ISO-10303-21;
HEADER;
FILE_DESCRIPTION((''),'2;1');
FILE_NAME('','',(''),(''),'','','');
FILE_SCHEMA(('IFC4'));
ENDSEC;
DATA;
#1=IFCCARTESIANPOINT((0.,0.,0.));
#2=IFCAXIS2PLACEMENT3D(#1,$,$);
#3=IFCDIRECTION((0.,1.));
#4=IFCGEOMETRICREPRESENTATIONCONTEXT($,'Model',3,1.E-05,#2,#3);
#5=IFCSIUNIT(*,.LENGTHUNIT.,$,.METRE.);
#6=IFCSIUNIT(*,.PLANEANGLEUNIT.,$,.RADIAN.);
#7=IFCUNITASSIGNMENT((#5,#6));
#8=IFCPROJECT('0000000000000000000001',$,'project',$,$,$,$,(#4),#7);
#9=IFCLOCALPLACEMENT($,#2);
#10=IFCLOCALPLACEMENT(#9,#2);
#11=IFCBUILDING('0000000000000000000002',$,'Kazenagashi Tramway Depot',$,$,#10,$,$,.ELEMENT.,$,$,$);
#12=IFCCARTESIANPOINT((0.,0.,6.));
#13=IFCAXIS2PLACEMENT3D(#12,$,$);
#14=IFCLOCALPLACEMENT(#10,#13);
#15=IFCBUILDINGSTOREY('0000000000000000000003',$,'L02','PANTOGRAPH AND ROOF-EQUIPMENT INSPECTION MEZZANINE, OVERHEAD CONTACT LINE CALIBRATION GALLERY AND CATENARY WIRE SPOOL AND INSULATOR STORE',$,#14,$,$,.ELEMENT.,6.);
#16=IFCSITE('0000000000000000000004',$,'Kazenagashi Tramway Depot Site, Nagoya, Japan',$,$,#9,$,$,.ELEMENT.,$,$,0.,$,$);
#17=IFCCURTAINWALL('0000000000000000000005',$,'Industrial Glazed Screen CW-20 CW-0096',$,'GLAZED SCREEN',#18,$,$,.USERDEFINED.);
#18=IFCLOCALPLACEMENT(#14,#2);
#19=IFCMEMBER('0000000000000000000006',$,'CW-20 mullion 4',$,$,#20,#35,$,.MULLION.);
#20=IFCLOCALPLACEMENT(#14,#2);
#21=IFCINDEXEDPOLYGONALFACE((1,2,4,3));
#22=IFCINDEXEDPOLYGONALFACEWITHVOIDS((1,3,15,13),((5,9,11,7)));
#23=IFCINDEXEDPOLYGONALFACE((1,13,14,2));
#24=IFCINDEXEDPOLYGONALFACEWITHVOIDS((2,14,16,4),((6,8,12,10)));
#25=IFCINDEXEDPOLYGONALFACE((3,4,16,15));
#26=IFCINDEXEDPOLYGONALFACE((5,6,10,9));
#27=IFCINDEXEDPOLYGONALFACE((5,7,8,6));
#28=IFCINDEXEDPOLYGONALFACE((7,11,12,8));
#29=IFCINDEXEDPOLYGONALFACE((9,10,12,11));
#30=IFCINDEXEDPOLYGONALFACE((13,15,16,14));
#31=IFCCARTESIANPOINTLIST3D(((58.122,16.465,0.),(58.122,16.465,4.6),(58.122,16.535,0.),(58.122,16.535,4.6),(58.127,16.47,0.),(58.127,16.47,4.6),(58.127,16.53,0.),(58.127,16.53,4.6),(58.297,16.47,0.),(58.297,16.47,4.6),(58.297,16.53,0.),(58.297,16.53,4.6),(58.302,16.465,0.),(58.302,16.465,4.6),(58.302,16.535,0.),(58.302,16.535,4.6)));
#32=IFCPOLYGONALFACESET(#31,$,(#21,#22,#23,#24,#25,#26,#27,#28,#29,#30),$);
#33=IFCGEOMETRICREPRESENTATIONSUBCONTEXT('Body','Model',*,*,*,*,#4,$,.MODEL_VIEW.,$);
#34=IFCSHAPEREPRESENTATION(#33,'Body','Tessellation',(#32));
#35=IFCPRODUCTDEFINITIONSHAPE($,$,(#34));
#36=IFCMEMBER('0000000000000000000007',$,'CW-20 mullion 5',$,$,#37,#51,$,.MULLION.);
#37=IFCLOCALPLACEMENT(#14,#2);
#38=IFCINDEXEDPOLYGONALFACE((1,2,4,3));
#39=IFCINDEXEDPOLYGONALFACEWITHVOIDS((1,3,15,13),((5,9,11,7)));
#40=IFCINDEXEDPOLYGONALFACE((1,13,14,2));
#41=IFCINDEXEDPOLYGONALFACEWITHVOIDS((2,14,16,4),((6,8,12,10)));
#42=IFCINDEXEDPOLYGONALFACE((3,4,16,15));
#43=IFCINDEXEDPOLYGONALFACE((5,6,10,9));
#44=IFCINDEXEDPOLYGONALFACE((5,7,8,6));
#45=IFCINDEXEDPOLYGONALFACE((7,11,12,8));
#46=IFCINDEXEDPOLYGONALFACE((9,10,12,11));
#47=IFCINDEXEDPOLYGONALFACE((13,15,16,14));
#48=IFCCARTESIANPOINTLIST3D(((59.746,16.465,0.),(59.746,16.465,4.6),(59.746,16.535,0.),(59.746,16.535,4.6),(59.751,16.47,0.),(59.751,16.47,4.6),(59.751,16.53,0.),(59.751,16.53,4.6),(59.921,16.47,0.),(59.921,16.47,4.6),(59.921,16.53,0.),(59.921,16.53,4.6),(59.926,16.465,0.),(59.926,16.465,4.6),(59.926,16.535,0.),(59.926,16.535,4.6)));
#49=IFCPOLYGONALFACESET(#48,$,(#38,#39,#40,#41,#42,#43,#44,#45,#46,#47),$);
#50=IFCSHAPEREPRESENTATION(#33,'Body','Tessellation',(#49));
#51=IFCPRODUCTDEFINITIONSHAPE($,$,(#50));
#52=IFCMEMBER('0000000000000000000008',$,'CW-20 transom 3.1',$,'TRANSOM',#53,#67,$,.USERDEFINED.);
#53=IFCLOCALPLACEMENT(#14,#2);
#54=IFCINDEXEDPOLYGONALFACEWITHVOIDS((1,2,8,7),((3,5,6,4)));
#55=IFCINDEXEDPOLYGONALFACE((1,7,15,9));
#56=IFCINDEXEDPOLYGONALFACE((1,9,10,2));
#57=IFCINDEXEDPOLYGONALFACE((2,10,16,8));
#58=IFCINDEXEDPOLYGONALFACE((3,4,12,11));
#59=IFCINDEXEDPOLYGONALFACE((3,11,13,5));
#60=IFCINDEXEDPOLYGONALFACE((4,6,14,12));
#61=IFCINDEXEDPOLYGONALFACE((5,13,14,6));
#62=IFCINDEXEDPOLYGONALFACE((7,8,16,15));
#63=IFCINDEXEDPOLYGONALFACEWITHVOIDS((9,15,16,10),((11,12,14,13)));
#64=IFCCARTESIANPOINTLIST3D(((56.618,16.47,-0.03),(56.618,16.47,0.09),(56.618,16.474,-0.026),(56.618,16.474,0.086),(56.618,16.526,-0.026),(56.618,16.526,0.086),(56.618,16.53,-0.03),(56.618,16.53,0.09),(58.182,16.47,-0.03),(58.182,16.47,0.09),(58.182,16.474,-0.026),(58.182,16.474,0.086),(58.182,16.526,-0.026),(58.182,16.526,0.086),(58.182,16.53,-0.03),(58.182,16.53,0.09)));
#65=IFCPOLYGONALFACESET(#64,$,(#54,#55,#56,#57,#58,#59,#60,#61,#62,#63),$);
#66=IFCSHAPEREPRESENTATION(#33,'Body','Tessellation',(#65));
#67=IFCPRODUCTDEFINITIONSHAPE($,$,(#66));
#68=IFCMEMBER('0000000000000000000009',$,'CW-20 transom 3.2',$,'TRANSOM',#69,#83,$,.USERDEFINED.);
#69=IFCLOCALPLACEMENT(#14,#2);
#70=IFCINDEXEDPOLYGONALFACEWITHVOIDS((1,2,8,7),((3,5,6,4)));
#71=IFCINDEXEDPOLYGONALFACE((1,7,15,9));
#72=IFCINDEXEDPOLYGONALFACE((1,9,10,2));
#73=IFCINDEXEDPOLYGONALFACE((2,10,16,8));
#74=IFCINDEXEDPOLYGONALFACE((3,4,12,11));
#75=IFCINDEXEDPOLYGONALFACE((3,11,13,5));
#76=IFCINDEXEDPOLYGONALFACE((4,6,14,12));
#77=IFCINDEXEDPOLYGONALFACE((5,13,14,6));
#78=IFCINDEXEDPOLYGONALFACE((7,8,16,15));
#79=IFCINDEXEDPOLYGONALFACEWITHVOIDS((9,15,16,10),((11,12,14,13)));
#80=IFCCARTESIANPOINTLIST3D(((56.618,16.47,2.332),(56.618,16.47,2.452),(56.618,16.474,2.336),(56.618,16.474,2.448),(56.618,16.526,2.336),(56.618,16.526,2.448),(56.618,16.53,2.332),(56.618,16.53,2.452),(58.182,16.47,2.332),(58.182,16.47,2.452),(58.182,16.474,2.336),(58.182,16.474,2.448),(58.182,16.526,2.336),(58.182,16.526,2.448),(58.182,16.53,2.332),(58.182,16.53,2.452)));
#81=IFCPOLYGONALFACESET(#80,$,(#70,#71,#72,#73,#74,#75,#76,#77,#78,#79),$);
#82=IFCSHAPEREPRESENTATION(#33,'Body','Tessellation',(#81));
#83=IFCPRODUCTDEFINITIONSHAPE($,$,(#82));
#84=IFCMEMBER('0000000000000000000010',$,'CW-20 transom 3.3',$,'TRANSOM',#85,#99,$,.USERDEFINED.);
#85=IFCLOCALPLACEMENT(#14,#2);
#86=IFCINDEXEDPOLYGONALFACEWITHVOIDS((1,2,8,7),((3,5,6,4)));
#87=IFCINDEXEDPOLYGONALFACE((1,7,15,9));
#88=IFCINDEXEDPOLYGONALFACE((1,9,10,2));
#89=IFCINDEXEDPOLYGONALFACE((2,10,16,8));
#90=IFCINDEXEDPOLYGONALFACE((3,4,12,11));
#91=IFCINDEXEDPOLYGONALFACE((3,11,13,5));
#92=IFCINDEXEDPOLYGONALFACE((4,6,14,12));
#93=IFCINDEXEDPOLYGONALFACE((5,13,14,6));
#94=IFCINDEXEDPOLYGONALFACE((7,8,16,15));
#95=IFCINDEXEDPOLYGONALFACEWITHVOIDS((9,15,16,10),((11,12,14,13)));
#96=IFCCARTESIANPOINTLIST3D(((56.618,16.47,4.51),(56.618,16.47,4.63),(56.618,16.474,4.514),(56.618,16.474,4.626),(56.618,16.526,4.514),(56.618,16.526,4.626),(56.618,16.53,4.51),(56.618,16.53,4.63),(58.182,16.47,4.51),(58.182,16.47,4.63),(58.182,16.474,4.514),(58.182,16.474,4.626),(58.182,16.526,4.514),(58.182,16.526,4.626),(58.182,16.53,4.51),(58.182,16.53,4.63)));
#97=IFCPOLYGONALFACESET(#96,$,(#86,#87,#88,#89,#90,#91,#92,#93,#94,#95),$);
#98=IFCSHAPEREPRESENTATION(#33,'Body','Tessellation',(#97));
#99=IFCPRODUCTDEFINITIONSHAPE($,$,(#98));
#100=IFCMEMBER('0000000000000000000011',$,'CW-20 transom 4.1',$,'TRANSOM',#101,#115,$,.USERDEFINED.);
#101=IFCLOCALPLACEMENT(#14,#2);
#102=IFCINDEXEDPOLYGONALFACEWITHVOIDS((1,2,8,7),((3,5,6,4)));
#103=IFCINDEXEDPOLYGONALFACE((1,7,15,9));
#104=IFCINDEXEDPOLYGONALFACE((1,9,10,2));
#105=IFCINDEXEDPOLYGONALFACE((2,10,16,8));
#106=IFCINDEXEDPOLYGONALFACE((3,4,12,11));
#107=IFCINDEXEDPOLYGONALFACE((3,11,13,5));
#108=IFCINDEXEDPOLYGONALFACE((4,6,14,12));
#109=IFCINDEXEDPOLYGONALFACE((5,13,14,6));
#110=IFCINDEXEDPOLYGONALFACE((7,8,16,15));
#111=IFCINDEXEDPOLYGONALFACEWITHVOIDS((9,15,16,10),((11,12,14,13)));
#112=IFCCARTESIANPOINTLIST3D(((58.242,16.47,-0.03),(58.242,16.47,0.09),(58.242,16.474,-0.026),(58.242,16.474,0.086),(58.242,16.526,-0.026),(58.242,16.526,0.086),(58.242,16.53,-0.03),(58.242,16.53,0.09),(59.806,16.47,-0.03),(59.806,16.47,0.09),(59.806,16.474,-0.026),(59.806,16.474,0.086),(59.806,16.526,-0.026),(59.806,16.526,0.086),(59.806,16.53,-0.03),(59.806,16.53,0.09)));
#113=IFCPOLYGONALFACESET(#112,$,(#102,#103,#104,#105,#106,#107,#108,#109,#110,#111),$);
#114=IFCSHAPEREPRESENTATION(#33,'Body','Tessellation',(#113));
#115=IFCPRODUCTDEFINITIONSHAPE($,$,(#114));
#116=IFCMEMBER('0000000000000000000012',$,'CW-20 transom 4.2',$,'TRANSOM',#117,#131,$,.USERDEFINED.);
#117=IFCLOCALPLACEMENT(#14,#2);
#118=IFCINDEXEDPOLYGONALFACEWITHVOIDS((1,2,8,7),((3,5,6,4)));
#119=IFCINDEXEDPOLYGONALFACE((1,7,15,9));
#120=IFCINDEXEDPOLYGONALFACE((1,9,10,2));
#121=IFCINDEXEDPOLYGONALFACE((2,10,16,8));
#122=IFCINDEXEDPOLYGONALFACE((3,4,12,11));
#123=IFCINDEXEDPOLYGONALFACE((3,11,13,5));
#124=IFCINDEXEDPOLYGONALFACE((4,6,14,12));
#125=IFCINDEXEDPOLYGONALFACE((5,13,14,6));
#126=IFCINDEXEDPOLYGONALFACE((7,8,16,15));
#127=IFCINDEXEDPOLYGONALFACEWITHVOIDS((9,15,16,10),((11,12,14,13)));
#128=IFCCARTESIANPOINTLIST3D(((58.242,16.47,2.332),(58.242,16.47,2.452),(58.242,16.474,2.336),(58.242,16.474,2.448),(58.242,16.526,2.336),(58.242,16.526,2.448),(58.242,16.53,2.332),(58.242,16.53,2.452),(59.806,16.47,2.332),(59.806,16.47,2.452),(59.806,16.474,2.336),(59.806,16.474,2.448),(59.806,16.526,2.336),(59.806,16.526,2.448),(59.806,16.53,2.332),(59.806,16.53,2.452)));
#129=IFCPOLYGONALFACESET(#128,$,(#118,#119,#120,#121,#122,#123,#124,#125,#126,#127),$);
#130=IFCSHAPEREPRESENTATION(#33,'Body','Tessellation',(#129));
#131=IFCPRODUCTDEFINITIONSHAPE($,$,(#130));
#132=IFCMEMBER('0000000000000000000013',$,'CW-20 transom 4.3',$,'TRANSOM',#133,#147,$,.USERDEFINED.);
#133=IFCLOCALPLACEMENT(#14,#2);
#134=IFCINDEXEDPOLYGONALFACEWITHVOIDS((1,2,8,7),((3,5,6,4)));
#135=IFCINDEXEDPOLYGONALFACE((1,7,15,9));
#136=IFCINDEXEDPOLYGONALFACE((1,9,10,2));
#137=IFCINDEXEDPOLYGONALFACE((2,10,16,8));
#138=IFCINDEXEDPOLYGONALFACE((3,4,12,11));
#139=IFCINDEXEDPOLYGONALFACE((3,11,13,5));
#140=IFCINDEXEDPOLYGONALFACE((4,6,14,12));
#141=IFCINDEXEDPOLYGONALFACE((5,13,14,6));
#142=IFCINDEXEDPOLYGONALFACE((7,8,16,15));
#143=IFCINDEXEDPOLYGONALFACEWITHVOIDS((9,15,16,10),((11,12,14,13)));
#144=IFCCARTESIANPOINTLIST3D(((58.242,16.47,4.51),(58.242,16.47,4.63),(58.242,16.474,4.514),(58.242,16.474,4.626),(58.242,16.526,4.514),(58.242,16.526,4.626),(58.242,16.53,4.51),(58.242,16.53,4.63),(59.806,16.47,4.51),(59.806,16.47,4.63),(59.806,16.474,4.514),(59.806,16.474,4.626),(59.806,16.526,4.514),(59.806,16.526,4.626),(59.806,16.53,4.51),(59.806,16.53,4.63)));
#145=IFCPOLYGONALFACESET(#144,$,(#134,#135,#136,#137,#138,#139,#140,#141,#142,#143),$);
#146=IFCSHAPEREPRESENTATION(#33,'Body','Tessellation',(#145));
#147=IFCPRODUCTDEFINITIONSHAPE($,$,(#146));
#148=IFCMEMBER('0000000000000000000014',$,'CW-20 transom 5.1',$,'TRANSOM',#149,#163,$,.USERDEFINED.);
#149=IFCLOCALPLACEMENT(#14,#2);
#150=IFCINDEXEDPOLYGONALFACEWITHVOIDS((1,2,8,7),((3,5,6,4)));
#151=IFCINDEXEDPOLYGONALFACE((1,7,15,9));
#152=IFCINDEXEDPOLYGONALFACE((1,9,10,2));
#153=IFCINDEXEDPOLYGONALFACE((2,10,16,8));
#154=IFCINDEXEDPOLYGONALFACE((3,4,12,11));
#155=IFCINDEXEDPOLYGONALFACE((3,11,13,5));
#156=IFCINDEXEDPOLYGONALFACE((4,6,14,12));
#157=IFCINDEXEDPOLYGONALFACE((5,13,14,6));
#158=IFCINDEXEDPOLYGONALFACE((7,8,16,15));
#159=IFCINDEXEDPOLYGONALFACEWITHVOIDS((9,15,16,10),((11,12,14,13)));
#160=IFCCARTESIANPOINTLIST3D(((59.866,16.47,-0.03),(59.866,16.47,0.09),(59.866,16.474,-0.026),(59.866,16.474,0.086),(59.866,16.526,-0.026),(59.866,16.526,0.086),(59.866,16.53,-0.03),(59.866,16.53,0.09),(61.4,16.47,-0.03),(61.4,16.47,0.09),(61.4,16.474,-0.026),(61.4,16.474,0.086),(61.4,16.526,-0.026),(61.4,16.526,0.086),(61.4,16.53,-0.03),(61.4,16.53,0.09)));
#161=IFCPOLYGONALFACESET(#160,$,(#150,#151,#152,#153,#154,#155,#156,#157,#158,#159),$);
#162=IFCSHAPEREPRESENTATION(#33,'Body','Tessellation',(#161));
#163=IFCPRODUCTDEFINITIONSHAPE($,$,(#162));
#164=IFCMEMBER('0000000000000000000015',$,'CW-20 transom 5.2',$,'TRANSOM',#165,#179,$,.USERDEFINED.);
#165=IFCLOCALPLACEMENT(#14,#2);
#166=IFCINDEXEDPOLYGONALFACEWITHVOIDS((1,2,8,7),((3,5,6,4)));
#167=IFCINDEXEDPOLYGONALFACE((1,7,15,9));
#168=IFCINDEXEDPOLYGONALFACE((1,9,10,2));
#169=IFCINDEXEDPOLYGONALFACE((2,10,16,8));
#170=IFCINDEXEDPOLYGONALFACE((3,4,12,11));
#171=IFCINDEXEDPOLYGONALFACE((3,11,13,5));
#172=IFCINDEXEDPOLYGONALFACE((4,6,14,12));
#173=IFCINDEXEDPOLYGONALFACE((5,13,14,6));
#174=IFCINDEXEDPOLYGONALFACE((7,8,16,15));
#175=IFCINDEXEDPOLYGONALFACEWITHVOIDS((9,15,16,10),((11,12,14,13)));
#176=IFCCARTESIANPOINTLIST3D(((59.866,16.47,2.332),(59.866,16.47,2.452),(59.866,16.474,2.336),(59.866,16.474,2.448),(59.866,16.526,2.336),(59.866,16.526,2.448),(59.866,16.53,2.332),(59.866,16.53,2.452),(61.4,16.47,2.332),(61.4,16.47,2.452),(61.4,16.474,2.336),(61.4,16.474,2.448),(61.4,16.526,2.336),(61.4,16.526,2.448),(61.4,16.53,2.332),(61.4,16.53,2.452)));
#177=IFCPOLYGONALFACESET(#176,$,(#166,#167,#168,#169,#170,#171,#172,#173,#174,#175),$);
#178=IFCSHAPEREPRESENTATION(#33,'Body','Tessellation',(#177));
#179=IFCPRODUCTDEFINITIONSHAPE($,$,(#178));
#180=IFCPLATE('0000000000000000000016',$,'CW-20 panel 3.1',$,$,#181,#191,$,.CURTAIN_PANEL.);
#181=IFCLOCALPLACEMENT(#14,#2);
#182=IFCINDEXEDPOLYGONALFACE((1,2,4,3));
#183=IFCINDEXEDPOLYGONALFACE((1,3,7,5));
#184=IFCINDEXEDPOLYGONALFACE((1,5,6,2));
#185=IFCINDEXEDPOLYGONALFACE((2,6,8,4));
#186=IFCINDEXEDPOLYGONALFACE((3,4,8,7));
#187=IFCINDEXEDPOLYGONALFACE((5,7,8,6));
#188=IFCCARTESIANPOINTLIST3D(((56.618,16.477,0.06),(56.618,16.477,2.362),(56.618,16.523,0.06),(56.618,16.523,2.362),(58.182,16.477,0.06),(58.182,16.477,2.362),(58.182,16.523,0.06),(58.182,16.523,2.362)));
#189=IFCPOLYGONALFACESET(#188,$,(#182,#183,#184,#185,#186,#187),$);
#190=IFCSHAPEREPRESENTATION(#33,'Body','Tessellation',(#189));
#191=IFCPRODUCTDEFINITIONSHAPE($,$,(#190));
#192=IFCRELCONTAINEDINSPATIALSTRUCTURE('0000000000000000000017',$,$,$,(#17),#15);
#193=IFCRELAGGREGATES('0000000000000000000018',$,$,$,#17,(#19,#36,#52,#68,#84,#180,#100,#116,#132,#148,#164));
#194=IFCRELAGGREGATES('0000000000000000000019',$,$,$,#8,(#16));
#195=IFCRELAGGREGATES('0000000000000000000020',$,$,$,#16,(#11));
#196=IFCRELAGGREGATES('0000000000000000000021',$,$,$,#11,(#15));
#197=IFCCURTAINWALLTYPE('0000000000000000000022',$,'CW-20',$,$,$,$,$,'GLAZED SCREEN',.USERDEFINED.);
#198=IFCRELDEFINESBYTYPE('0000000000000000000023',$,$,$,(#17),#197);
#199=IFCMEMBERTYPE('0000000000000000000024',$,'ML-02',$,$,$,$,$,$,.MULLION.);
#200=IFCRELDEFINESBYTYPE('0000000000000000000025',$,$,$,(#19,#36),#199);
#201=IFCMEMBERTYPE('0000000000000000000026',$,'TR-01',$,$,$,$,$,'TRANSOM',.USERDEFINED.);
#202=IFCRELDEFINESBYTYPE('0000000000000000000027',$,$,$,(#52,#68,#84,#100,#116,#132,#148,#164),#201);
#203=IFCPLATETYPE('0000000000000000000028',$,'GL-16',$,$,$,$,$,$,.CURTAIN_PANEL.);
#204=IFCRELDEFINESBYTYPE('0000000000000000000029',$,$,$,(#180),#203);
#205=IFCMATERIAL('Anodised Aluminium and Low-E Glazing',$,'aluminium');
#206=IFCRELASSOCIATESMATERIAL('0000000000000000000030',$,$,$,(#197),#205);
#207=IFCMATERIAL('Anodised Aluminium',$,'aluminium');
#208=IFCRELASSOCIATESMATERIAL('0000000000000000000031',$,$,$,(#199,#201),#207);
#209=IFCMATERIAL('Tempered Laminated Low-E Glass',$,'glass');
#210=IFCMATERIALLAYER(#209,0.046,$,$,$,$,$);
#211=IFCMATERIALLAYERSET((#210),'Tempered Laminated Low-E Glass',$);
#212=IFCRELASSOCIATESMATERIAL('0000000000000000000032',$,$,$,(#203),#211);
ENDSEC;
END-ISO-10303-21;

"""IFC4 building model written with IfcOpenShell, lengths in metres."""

from ifc_helpers import new_model, si_unit, direction, frame, origin, origin_2d, place, context, subcontext, project, spatial, rectangle, hollow_rectangle, extrude, material, layer, layer_set, material_profile, profile_set, type_object, element, aggregate, save


model = new_model("IFC4")

# Units and contexts
model_context = context("Model", 3, precision=1e-05, world=origin(), true_north=direction((0.0, 1.0)))
body_context = subcontext(model_context, "Body", "Model", "MODEL_VIEW")
ifc_project = project(units=[si_unit("LENGTHUNIT", "METRE"), si_unit("PLANEANGLEUNIT", "RADIAN")], contexts=[model_context])

# Site, building, storey
site_placement = place(None, origin())
site = spatial("IfcSite", under=ifc_project, at=site_placement, Name="Kazenagashi Tramway Depot Site, Nagoya, Japan", CompositionType="ELEMENT", RefElevation=0.0)
building_placement = place(site_placement, origin())
building = spatial("IfcBuilding", under=site, at=building_placement, Name="Kazenagashi Tramway Depot", CompositionType="ELEMENT")
storey_placement = place(building_placement, frame((0.0, 0.0, 6.0)))
storey = spatial("IfcBuildingStorey", under=building, at=storey_placement, Name="L02", Description="PANTOGRAPH AND ROOF-EQUIPMENT INSPECTION MEZZANINE, OVERHEAD CONTACT LINE CALIBRATION GALLERY AND CATENARY WIRE SPOOL AND INSULATOR STORE", CompositionType="ELEMENT", Elevation=6.0)

# Curtain wall, members, plate
ifc_material_1 = material(Name="Anodised Aluminium and Low-E Glazing", Category="aluminium")
curtain_wall_type = type_object("IfcCurtainWallType", Name="CW-20", ElementType="GLAZED SCREEN", PredefinedType="USERDEFINED", material=ifc_material_1)
curtain_wall_placement = place(storey_placement, origin())
curtain_wall = element("IfcCurtainWall", 1, at=curtain_wall_placement, inside=storey, type_object=curtain_wall_type, Name="Industrial Glazed Screen CW-20 CW-0096", ObjectType="GLAZED SCREEN", PredefinedType="USERDEFINED")
ifc_material_2 = material(Name="Anodised Aluminium", Category="aluminium")
ifc_material_profile_1 = material_profile(ifc_material_2, hollow_rectangle(XDim=0.07, YDim=0.18, WallThickness=0.005, at=origin_2d()), Name="RHS-180x70x5")
ifc_profile_set_1 = profile_set([ifc_material_profile_1], Name="Anodised Aluminium")
member_type_1 = type_object("IfcMemberType", Name="ML-02", PredefinedType="MULLION", material=ifc_profile_set_1)
member_1_placement = place(storey_placement, frame((58.212, 16.5, 0.0), z_axis=(0.0, 0.0, 1.0), x_axis=(0.0, 1.0, 0.0)))
member_1 = element("IfcMember", 2, at=member_1_placement, type_object=member_type_1, Name="CW-20 mullion 4", PredefinedType="MULLION", context=body_context, shape_type="SweptSolid", body=[
    extrude(hollow_rectangle(XDim=0.07, YDim=0.18, WallThickness=0.005, at=origin_2d()), origin(), (0.0, 0.0, 1.0), 4.6),
])
member_2_placement = place(storey_placement, frame((59.836, 16.5, 0.0), z_axis=(0.0, 0.0, 1.0), x_axis=(0.0, 1.0, 0.0)))
member_2 = element("IfcMember", 3, at=member_2_placement, type_object=member_type_1, Name="CW-20 mullion 5", PredefinedType="MULLION", context=body_context, shape_type="SweptSolid", body=[
    extrude(hollow_rectangle(XDim=0.07, YDim=0.18, WallThickness=0.005, at=origin_2d()), origin(), (0.0, 0.0, 1.0), 4.6),
])
ifc_material_profile_2 = material_profile(ifc_material_2, hollow_rectangle(XDim=0.06, YDim=0.12, WallThickness=0.004, at=origin_2d()), Name="RHS-120x60x4")
ifc_profile_set_2 = profile_set([ifc_material_profile_2], Name="Anodised Aluminium")
member_type_2 = type_object("IfcMemberType", Name="TR-01", ElementType="TRANSOM", PredefinedType="USERDEFINED", material=ifc_profile_set_2)
member_3_placement = place(storey_placement, frame((56.618, 16.5, 0.03), z_axis=(1.0, 0.0, 0.0), x_axis=(0.0, 1.0, 0.0)))
member_3 = element("IfcMember", 4, at=member_3_placement, type_object=member_type_2, Name="CW-20 transom 3.1", ObjectType="TRANSOM", PredefinedType="USERDEFINED", context=body_context, shape_type="SweptSolid", body=[
    extrude(hollow_rectangle(XDim=0.06, YDim=0.12, WallThickness=0.004, at=origin_2d()), origin(), (0.0, 0.0, 1.0), 1.564),
])
member_4_placement = place(storey_placement, frame((56.618, 16.5, 2.392), z_axis=(1.0, 0.0, 0.0), x_axis=(0.0, 1.0, 0.0)))
member_4 = element("IfcMember", 5, at=member_4_placement, type_object=member_type_2, Name="CW-20 transom 3.2", ObjectType="TRANSOM", PredefinedType="USERDEFINED", context=body_context, shape_type="SweptSolid", body=[
    extrude(hollow_rectangle(XDim=0.06, YDim=0.12, WallThickness=0.004, at=origin_2d()), origin(), (0.0, 0.0, 1.0), 1.564),
])
member_5_placement = place(storey_placement, frame((56.618, 16.5, 4.57), z_axis=(1.0, 0.0, 0.0), x_axis=(0.0, 1.0, 0.0)))
member_5 = element("IfcMember", 6, at=member_5_placement, type_object=member_type_2, Name="CW-20 transom 3.3", ObjectType="TRANSOM", PredefinedType="USERDEFINED", context=body_context, shape_type="SweptSolid", body=[
    extrude(hollow_rectangle(XDim=0.06, YDim=0.12, WallThickness=0.004, at=origin_2d()), origin(), (0.0, 0.0, 1.0), 1.564),
])
member_6_placement = place(storey_placement, frame((58.242, 16.5, 0.03), z_axis=(1.0, 0.0, 0.0), x_axis=(0.0, 1.0, 0.0)))
member_6 = element("IfcMember", 7, at=member_6_placement, type_object=member_type_2, Name="CW-20 transom 4.1", ObjectType="TRANSOM", PredefinedType="USERDEFINED", context=body_context, shape_type="SweptSolid", body=[
    extrude(hollow_rectangle(XDim=0.06, YDim=0.12, WallThickness=0.004, at=origin_2d()), origin(), (0.0, 0.0, 1.0), 1.564),
])
member_7_placement = place(storey_placement, frame((58.242, 16.5, 2.392), z_axis=(1.0, 0.0, 0.0), x_axis=(0.0, 1.0, 0.0)))
member_7 = element("IfcMember", 8, at=member_7_placement, type_object=member_type_2, Name="CW-20 transom 4.2", ObjectType="TRANSOM", PredefinedType="USERDEFINED", context=body_context, shape_type="SweptSolid", body=[
    extrude(hollow_rectangle(XDim=0.06, YDim=0.12, WallThickness=0.004, at=origin_2d()), origin(), (0.0, 0.0, 1.0), 1.564),
])
member_8_placement = place(storey_placement, frame((58.242, 16.5, 4.57), z_axis=(1.0, 0.0, 0.0), x_axis=(0.0, 1.0, 0.0)))
member_8 = element("IfcMember", 9, at=member_8_placement, type_object=member_type_2, Name="CW-20 transom 4.3", ObjectType="TRANSOM", PredefinedType="USERDEFINED", context=body_context, shape_type="SweptSolid", body=[
    extrude(hollow_rectangle(XDim=0.06, YDim=0.12, WallThickness=0.004, at=origin_2d()), origin(), (0.0, 0.0, 1.0), 1.564),
])
member_9_placement = place(storey_placement, frame((59.866, 16.5, 0.03), z_axis=(1.0, 0.0, 0.0), x_axis=(0.0, 1.0, 0.0)))
member_9 = element("IfcMember", 10, at=member_9_placement, type_object=member_type_2, Name="CW-20 transom 5.1", ObjectType="TRANSOM", PredefinedType="USERDEFINED", context=body_context, shape_type="SweptSolid", body=[
    extrude(hollow_rectangle(XDim=0.06, YDim=0.12, WallThickness=0.004, at=origin_2d()), origin(), (0.0, 0.0, 1.0), 1.534),
])
member_10_placement = place(storey_placement, frame((59.866, 16.5, 2.392), z_axis=(1.0, 0.0, 0.0), x_axis=(0.0, 1.0, 0.0)))
member_10 = element("IfcMember", 11, at=member_10_placement, type_object=member_type_2, Name="CW-20 transom 5.2", ObjectType="TRANSOM", PredefinedType="USERDEFINED", context=body_context, shape_type="SweptSolid", body=[
    extrude(hollow_rectangle(XDim=0.06, YDim=0.12, WallThickness=0.004, at=origin_2d()), origin(), (0.0, 0.0, 1.0), 1.534),
])
ifc_material_3 = material(Name="Tempered Laminated Low-E Glass", Category="glass")
ifc_layer_1 = layer(ifc_material_3, 0.046)
ifc_layer_set_1 = layer_set([ifc_layer_1], Name="Tempered Laminated Low-E Glass")
plate_type = type_object("IfcPlateType", Name="GL-16", PredefinedType="CURTAIN_PANEL", material=ifc_layer_set_1)
plate_1_placement = place(storey_placement, frame((57.4, 16.5, 0.06), z_axis=(0.0, 0.0, 1.0), x_axis=(1.0, 0.0, 0.0)))
plate_1 = element("IfcPlate", 12, at=plate_1_placement, type_object=plate_type, Name="CW-20 panel 3.1", PredefinedType="CURTAIN_PANEL", context=body_context, shape_type="SweptSolid", body=[
    extrude(rectangle(XDim=1.564, YDim=0.046, at=origin_2d()), origin(), (0.0, 0.0, 1.0), 2.302),
])
aggregate(curtain_wall, [member_1, member_2, member_3, member_4, member_5, plate_1, member_6, member_7, member_8, member_9, member_10])

save(model, "model.ifc")
